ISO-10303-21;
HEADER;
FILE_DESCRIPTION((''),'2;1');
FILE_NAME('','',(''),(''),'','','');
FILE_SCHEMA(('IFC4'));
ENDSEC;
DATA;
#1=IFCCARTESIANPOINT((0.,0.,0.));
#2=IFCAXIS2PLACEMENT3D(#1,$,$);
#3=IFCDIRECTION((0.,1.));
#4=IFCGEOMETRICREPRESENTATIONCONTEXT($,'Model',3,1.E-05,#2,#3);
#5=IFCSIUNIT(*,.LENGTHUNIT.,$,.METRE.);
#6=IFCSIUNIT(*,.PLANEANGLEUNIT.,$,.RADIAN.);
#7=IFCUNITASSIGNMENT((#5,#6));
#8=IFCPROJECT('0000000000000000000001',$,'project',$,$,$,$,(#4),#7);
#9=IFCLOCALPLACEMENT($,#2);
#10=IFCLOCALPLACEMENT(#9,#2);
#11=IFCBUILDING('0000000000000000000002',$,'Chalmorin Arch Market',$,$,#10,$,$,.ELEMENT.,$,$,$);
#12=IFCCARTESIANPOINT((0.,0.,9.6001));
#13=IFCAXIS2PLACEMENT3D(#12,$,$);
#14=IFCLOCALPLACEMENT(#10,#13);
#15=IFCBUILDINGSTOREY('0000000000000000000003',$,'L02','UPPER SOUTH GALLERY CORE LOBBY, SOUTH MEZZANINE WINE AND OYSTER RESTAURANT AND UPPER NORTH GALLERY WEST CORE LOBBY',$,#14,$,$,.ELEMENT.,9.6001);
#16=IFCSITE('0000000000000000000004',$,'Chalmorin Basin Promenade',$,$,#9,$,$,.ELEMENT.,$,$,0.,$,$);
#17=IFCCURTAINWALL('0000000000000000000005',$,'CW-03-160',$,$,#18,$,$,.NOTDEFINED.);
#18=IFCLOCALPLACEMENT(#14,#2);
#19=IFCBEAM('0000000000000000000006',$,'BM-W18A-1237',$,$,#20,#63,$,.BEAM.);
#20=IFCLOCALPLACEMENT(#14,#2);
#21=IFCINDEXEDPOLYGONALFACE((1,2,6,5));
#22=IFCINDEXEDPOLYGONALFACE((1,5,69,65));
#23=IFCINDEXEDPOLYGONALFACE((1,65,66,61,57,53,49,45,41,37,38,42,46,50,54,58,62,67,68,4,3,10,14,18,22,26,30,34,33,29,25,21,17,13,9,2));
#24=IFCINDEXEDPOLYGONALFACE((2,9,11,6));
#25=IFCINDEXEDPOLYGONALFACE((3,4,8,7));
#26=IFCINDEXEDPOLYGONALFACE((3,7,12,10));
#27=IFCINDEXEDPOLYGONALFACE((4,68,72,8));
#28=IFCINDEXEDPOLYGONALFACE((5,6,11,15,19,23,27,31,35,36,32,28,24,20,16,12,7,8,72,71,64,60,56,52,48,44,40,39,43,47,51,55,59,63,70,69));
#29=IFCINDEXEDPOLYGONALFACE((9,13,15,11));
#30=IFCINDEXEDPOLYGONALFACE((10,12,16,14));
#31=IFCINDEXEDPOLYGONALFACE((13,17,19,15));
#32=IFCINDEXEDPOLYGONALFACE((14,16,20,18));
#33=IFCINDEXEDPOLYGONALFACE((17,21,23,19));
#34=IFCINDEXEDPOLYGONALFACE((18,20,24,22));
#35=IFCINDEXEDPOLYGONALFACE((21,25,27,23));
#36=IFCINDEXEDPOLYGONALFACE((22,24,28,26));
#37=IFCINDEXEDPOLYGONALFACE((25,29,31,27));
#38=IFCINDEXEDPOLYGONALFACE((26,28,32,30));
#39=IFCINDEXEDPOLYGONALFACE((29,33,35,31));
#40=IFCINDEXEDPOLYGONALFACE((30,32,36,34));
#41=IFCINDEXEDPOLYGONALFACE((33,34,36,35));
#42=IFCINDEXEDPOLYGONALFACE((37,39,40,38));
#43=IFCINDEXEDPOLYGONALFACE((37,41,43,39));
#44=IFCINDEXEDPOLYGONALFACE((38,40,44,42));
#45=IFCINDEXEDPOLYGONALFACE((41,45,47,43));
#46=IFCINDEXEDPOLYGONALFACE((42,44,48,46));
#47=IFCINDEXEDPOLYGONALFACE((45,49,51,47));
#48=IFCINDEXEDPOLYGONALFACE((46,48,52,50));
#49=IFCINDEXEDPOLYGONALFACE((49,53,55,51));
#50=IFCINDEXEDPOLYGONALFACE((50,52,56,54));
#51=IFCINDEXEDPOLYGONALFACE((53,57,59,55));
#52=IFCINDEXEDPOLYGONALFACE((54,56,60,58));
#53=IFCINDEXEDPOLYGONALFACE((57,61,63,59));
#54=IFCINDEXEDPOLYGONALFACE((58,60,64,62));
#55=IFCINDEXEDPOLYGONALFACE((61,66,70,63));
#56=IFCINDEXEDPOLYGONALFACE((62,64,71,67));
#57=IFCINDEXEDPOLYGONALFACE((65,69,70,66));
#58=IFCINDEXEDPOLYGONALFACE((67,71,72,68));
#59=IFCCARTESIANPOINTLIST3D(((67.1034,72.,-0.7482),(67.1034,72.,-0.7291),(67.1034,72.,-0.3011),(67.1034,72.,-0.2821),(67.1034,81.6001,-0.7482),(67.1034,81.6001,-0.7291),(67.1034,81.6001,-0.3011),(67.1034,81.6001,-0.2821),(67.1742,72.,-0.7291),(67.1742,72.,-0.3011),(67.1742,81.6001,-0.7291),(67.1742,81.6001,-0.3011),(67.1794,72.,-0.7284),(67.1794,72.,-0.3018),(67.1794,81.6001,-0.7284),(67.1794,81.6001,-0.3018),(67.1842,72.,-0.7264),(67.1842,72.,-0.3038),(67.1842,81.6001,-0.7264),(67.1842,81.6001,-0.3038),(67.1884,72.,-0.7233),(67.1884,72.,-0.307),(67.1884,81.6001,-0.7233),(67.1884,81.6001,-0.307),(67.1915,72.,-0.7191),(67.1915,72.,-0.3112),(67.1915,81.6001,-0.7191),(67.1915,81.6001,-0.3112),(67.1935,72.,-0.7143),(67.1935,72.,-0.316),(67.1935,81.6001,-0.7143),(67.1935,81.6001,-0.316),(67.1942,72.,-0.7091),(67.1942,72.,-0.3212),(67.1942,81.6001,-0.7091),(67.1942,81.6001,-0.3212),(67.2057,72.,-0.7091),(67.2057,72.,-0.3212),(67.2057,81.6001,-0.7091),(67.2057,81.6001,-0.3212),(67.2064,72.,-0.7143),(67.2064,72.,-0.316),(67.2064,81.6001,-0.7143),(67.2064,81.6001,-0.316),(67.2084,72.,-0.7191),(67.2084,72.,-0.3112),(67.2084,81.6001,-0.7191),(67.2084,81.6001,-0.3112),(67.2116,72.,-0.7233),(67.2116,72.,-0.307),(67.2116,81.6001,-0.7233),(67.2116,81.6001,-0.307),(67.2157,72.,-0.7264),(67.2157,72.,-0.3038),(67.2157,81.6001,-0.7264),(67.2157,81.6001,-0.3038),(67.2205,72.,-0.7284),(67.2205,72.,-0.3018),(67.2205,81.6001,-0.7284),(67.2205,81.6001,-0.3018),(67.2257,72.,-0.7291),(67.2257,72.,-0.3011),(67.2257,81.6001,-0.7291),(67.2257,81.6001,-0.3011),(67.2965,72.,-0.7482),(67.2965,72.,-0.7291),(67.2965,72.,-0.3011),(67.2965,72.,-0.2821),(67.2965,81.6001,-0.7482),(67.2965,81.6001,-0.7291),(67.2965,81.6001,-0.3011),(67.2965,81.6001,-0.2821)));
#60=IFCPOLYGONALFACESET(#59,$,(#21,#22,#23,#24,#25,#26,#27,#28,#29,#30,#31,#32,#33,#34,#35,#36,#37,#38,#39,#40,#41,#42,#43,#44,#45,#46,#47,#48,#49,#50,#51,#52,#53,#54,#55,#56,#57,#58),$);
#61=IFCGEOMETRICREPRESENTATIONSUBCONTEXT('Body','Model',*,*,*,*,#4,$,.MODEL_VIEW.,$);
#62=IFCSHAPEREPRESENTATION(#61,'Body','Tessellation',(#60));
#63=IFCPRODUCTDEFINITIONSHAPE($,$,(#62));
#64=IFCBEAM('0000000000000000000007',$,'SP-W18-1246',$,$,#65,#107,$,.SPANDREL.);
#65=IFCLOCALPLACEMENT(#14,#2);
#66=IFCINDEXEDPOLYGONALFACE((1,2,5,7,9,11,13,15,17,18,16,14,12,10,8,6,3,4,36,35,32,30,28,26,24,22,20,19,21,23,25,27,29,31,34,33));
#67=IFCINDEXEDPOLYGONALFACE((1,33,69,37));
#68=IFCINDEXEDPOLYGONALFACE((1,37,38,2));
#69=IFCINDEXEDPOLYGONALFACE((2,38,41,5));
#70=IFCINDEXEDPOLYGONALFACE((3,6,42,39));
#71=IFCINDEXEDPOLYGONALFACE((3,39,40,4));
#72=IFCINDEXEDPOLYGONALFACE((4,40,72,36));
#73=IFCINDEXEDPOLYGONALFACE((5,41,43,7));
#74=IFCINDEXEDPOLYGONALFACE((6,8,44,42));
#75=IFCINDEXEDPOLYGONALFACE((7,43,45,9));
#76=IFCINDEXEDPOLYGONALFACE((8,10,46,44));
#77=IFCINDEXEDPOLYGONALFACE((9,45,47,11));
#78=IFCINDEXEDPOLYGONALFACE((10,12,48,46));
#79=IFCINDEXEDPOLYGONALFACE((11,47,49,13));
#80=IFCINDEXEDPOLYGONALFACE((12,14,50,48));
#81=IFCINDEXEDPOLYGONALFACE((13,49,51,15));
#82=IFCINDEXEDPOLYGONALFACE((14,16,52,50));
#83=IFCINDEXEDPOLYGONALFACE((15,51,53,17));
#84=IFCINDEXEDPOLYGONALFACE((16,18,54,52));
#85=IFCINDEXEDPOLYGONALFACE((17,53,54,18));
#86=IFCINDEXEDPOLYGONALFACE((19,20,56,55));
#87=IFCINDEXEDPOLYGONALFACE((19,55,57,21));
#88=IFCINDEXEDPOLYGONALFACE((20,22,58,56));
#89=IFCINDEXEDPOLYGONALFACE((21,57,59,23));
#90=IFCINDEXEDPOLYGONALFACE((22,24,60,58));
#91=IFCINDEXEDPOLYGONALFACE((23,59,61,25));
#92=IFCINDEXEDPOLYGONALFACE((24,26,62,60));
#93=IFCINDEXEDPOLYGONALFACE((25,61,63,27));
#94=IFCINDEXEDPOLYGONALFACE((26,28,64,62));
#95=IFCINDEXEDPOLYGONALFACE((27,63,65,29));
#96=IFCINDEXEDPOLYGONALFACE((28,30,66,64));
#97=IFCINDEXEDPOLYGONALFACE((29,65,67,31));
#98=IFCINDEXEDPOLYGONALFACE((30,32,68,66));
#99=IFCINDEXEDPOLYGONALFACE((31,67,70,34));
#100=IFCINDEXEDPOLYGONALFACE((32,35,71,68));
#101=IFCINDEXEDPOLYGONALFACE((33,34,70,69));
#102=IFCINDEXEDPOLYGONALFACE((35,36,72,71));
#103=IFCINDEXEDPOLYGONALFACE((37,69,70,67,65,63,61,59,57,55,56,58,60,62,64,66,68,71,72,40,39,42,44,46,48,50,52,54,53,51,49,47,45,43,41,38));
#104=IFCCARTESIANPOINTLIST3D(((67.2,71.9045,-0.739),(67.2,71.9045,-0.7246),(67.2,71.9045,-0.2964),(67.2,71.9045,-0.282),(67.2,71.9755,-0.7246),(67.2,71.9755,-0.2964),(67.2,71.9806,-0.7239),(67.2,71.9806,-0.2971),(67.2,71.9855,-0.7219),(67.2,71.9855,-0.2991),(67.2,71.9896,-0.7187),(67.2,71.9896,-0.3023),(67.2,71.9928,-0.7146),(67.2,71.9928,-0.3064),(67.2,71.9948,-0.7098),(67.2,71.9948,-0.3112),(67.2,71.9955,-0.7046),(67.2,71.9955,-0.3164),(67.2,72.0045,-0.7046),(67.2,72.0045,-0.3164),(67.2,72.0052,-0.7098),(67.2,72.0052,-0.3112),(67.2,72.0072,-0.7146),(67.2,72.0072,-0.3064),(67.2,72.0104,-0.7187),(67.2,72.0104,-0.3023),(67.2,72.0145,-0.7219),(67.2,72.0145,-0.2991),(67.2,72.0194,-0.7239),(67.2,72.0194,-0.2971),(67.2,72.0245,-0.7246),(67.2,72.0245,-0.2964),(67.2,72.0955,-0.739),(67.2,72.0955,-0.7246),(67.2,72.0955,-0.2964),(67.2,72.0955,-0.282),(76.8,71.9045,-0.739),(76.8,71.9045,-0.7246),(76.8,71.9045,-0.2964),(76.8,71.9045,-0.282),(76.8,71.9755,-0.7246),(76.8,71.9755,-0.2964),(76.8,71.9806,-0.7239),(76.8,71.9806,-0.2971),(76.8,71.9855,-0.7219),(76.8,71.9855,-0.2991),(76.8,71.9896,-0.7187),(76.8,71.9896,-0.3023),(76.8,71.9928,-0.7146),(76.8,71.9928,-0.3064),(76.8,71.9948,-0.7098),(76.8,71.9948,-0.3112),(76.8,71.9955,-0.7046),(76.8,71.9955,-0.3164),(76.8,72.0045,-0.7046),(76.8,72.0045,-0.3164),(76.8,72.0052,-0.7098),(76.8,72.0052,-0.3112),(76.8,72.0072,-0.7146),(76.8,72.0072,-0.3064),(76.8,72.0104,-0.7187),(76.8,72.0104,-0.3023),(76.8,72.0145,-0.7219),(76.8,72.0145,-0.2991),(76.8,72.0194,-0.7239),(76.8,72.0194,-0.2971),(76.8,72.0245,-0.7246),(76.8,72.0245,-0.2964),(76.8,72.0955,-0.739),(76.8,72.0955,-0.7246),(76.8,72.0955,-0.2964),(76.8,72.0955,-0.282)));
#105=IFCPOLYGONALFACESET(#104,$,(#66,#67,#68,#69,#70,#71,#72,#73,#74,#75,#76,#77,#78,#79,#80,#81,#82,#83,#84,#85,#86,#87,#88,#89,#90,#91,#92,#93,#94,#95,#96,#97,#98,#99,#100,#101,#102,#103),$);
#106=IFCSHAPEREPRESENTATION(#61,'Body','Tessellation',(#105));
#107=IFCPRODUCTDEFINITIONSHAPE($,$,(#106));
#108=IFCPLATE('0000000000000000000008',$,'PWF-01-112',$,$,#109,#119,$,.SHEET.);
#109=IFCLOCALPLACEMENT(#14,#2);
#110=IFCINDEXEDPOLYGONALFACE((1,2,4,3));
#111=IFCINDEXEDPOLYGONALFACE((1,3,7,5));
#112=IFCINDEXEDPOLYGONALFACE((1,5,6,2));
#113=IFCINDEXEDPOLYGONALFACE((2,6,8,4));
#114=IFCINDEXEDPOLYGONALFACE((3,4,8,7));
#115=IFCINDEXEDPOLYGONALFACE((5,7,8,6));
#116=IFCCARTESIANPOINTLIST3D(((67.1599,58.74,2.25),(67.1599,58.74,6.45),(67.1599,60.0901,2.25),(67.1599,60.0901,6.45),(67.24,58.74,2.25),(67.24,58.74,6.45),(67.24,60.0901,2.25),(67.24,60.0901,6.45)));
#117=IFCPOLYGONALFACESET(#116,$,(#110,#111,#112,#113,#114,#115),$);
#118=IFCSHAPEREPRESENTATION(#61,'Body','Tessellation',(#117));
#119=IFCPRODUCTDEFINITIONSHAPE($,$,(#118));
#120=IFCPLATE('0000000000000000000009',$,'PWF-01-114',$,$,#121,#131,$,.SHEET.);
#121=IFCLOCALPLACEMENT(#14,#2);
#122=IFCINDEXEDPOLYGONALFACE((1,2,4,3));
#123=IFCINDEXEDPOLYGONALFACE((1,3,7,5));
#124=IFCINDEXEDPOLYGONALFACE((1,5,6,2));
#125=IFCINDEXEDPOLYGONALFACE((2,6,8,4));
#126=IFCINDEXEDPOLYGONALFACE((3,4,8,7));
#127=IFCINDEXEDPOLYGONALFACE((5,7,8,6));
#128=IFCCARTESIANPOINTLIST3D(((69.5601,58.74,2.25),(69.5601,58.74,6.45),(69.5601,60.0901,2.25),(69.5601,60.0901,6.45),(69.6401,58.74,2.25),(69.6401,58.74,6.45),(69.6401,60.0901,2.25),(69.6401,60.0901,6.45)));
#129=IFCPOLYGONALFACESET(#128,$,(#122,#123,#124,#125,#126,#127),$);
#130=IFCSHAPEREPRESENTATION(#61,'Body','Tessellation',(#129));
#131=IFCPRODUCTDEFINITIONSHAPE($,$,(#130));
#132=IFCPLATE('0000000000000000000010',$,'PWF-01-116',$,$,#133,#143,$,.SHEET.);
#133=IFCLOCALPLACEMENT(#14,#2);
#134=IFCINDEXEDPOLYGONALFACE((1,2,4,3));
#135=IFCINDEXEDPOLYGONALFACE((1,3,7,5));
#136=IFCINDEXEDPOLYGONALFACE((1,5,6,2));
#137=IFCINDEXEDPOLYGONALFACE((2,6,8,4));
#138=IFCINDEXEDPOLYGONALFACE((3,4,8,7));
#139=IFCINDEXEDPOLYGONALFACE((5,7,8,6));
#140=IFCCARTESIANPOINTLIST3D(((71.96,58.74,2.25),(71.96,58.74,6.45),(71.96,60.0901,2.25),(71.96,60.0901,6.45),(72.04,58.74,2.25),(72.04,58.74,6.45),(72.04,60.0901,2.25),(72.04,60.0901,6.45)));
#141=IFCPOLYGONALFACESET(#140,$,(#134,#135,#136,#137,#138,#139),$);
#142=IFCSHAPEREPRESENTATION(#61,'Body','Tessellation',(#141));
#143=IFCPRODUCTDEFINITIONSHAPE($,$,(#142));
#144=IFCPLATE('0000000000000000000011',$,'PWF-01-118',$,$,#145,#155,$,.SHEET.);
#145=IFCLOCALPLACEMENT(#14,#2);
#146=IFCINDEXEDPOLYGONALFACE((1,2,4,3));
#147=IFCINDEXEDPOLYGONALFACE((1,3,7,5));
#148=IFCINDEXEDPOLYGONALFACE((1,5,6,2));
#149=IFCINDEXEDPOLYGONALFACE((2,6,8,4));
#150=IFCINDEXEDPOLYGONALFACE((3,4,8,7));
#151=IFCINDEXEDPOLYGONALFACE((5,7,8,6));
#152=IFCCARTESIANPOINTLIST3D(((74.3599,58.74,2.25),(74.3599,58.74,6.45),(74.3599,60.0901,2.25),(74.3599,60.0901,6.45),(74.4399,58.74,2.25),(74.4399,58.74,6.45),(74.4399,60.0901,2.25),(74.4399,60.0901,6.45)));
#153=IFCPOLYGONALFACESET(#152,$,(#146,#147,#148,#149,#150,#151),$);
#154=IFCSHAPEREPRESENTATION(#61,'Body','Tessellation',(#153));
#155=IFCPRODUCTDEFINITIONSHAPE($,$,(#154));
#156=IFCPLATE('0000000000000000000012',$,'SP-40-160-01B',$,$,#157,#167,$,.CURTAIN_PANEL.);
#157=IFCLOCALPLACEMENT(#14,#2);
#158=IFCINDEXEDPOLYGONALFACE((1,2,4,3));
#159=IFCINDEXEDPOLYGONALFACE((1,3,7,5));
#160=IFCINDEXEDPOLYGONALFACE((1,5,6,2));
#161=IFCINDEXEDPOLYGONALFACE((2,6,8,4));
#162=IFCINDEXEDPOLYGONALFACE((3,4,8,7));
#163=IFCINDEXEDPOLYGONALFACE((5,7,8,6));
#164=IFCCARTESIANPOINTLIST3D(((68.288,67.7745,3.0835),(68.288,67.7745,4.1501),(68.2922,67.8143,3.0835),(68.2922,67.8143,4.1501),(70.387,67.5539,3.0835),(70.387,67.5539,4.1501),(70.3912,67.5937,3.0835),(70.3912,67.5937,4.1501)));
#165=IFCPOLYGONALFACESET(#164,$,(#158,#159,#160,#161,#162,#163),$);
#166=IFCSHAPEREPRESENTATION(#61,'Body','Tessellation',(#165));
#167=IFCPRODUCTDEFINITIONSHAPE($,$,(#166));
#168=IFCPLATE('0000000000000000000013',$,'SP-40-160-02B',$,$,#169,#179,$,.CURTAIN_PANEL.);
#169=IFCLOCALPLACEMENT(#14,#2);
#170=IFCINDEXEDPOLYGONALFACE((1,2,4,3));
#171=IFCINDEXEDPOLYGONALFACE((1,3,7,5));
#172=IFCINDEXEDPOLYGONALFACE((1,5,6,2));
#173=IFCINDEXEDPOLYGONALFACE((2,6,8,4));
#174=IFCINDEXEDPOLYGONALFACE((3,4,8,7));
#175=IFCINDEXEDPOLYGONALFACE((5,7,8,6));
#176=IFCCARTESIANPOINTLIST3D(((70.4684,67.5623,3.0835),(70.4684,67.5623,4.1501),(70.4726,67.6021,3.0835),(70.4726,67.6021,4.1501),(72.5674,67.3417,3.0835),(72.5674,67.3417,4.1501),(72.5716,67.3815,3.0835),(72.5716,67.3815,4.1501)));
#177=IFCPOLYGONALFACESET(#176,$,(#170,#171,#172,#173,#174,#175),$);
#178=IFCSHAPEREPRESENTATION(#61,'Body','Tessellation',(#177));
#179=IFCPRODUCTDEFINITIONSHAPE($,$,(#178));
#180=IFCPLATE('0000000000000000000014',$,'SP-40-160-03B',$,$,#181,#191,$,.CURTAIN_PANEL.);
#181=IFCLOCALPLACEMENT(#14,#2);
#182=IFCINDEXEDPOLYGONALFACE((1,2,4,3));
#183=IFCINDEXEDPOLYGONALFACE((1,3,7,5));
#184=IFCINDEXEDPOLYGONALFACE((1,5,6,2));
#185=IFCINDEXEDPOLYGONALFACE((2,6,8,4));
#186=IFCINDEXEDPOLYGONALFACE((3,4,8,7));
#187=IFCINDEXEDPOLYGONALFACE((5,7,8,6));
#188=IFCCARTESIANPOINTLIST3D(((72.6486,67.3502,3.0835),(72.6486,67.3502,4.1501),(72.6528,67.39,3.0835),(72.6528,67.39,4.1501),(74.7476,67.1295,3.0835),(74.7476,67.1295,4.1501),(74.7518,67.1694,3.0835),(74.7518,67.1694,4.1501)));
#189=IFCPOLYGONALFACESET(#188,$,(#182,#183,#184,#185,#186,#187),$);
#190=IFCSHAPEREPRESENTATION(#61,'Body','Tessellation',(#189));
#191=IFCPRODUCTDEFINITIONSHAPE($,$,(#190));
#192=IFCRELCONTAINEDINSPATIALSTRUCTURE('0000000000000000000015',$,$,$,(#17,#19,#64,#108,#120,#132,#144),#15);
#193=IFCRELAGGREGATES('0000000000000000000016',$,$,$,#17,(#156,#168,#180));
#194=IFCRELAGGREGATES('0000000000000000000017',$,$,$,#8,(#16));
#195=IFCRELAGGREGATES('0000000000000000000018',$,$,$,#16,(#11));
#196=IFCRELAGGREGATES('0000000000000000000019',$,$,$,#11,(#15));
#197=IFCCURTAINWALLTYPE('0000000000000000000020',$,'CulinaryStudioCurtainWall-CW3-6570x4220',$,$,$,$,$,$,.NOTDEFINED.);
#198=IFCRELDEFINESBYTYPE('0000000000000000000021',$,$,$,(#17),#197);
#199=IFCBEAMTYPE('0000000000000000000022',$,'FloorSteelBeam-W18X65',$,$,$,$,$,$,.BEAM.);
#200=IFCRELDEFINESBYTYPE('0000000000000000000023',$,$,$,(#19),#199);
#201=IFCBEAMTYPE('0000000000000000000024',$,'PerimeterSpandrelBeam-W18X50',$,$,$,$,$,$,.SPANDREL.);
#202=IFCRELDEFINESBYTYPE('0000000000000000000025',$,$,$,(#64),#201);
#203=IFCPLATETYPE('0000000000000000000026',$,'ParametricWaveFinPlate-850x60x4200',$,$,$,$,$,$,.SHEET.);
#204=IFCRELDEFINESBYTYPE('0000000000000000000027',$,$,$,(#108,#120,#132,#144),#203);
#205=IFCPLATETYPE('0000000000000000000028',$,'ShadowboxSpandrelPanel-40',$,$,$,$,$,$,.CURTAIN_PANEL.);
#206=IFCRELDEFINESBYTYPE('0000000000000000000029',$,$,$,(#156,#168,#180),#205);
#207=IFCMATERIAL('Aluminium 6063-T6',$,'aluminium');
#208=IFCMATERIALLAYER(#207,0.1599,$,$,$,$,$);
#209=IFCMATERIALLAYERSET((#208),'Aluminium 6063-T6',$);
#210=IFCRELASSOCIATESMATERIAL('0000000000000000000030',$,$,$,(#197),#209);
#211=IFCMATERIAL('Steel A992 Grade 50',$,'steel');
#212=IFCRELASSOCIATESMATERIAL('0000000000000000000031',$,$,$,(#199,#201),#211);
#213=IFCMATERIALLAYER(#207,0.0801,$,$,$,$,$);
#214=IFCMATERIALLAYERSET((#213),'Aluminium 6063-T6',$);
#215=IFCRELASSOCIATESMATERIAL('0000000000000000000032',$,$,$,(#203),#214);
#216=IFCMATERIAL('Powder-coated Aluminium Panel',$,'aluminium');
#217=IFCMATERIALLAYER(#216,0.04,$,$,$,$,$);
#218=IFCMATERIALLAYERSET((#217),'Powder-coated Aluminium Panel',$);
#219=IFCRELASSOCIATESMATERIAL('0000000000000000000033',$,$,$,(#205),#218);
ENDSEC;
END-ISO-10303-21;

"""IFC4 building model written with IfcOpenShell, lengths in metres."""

from ifc_helpers import new_model, si_unit, direction, frame, origin, origin_2d, place, context, subcontext, project, spatial, rectangle, i_section, extrude, material, layer, layer_set, material_profile, profile_set, type_object, element, aggregate, save


model = new_model("IFC4")

# Units and contexts
model_context = context("Model", 3, precision=1e-05, world=origin(), true_north=direction((0.0, 1.0)))
body_context = subcontext(model_context, "Body", "Model", "MODEL_VIEW")
ifc_project = project(units=[si_unit("LENGTHUNIT", "METRE"), si_unit("PLANEANGLEUNIT", "RADIAN")], contexts=[model_context])

# Site, building, storey
site_placement = place(None, origin())
site = spatial("IfcSite", under=ifc_project, at=site_placement, Name="Chalmorin Basin Promenade", CompositionType="ELEMENT", RefElevation=0.0)
building_placement = place(site_placement, origin())
building = spatial("IfcBuilding", under=site, at=building_placement, Name="Chalmorin Arch Market", CompositionType="ELEMENT")
storey_placement = place(building_placement, frame((0.0, 0.0, 9.6001)))
storey = spatial("IfcBuildingStorey", under=building, at=storey_placement, Name="L02", Description="UPPER SOUTH GALLERY CORE LOBBY, SOUTH MEZZANINE WINE AND OYSTER RESTAURANT AND UPPER NORTH GALLERY WEST CORE LOBBY", CompositionType="ELEMENT", Elevation=9.6001)

# Shared definitions
ifc_material_1 = material(Name="Aluminium 6063-T6", Category="aluminium")

# Curtain wall
ifc_layer_1 = layer(ifc_material_1, 0.1599)
ifc_layer_set_1 = layer_set([ifc_layer_1], Name="Aluminium 6063-T6")
curtain_wall_type_1 = type_object("IfcCurtainWallType", Name="CulinaryStudioCurtainWall-CW3-6570x4220", PredefinedType="NOTDEFINED", material=ifc_layer_set_1)
curtain_wall_1_placement = place(storey_placement, origin())
curtain_wall_1 = element("IfcCurtainWall", 1, at=curtain_wall_1_placement, inside=storey, type_object=curtain_wall_type_1, Name="CW-03-160", PredefinedType="NOTDEFINED")

# Beams
ifc_material_2 = material(Name="Steel A992 Grade 50", Category="steel")
ifc_material_profile_1 = material_profile(ifc_material_2, i_section(OverallWidth=0.1931, OverallDepth=0.4661, WebThickness=0.0115, FlangeThickness=0.019, FilletRadius=0.02, at=origin_2d()), Name="W18X65")
ifc_profile_set_1 = profile_set([ifc_material_profile_1], Name="Steel A992 Grade 50")
beam_type_1 = type_object("IfcBeamType", Name="FloorSteelBeam-W18X65", PredefinedType="BEAM", material=ifc_profile_set_1)
beam_1_placement = place(storey_placement, frame((67.2, 72.0, -0.5151), z_axis=(0.0, 1.0, 0.0), x_axis=(-1.0, 0.0, 0.0)))
element("IfcBeam", 2, at=beam_1_placement, inside=storey, type_object=beam_type_1, Name="BM-W18A-1237", PredefinedType="BEAM", context=body_context, shape_type="SweptSolid", body=[
    extrude(i_section(OverallWidth=0.1931, OverallDepth=0.4661, WebThickness=0.0115, FlangeThickness=0.019, FilletRadius=0.02, at=origin_2d()), origin(), (0.0, 0.0, 1.0), 9.6001),
])
ifc_material_profile_2 = material_profile(ifc_material_2, i_section(OverallWidth=0.1909, OverallDepth=0.457, WebThickness=0.009, FlangeThickness=0.0144, FilletRadius=0.02, at=origin_2d()), Name="W18X50")
ifc_profile_set_2 = profile_set([ifc_material_profile_2], Name="Steel A992 Grade 50")
beam_type_2 = type_object("IfcBeamType", Name="PerimeterSpandrelBeam-W18X50", PredefinedType="SPANDREL", material=ifc_profile_set_2)
beam_2_placement = place(storey_placement, frame((67.2, 72.0, -0.5105), z_axis=(1.0, 0.0, 0.0), x_axis=(0.0, 1.0, 0.0)))
element("IfcBeam", 3, at=beam_2_placement, inside=storey, type_object=beam_type_2, Name="SP-W18-1246", PredefinedType="SPANDREL", context=body_context, shape_type="SweptSolid", body=[
    extrude(i_section(OverallWidth=0.1909, OverallDepth=0.457, WebThickness=0.009, FlangeThickness=0.0144, FilletRadius=0.02, at=origin_2d()), origin(), (0.0, 0.0, 1.0), 9.6001),
])

# Plates
ifc_layer_2 = layer(ifc_material_1, 0.0801)
ifc_layer_set_2 = layer_set([ifc_layer_2], Name="Aluminium 6063-T6")
plate_type_1 = type_object("IfcPlateType", Name="ParametricWaveFinPlate-850x60x4200", PredefinedType="SHEET", material=ifc_layer_set_2)
for number, where, z_axis, x_axis, name in (
    (4, (67.2, 59.415, 2.25), (0.0, 0.0, 1.0), (0.0, 1.0, 0.0), "PWF-01-112"),
    (5, (69.6001, 59.415, 2.25), (0.0, 0.0, 1.0), (0.0, 1.0, 0.0), "PWF-01-114"),
    (6, (72.0, 59.415, 2.25), (0.0, 0.0, 1.0), (0.0, 1.0, 0.0), "PWF-01-116"),
    (7, (74.3999, 59.415, 2.25), (0.0, 0.0, 1.0), (0.0, 1.0, 0.0), "PWF-01-118"),
):
    element("IfcPlate", number, at=place(storey_placement, frame(where, z_axis=z_axis, x_axis=x_axis)), inside=storey, type_object=plate_type_1, Name=name, PredefinedType="SHEET", context=body_context, shape_type="SweptSolid", body=[
        extrude(rectangle(XDim=1.3501, YDim=0.0801, at=origin_2d()), origin(), (0.0, 0.0, 1.0), 4.2),
    ])

# Plates
ifc_material_3 = material(Name="Powder-coated Aluminium Panel", Category="aluminium")
ifc_layer_3 = layer(ifc_material_3, 0.04)
ifc_layer_set_3 = layer_set([ifc_layer_3], Name="Powder-coated Aluminium Panel")
plate_type_2 = type_object("IfcPlateType", Name="ShadowboxSpandrelPanel-40", PredefinedType="CURTAIN_PANEL", material=ifc_layer_set_3)
plate_1_placement = place(storey_placement, frame((69.3396, 67.6841, 3.0835), z_axis=(0.0, 0.0, 1.0), x_axis=(0.994522, -0.104528, 0.0)))
plate_1 = element("IfcPlate", 8, at=plate_1_placement, type_object=plate_type_2, Name="SP-40-160-01B", PredefinedType="CURTAIN_PANEL", context=body_context, shape_type="SweptSolid", body=[
    extrude(rectangle(XDim=2.1106, YDim=0.04, at=origin_2d()), origin(), (0.0, 0.0, 1.0), 1.0667),
])
plate_2_placement = place(storey_placement, frame((71.52, 67.4719, 3.0835), z_axis=(0.0, 0.0, 1.0), x_axis=(0.994522, -0.104528, 0.0)))
plate_2 = element("IfcPlate", 9, at=plate_2_placement, type_object=plate_type_2, Name="SP-40-160-02B", PredefinedType="CURTAIN_PANEL", context=body_context, shape_type="SweptSolid", body=[
    extrude(rectangle(XDim=2.1106, YDim=0.04, at=origin_2d()), origin(), (0.0, 0.0, 1.0), 1.0667),
])
plate_3_placement = place(storey_placement, frame((73.7002, 67.2598, 3.0835), z_axis=(0.0, 0.0, 1.0), x_axis=(0.994522, -0.104528, 0.0)))
plate_3 = element("IfcPlate", 10, at=plate_3_placement, type_object=plate_type_2, Name="SP-40-160-03B", PredefinedType="CURTAIN_PANEL", context=body_context, shape_type="SweptSolid", body=[
    extrude(rectangle(XDim=2.1106, YDim=0.04, at=origin_2d()), origin(), (0.0, 0.0, 1.0), 1.0667),
])
aggregate(curtain_wall_1, [plate_1, plate_2, plate_3])

save(model, "model.ifc")
